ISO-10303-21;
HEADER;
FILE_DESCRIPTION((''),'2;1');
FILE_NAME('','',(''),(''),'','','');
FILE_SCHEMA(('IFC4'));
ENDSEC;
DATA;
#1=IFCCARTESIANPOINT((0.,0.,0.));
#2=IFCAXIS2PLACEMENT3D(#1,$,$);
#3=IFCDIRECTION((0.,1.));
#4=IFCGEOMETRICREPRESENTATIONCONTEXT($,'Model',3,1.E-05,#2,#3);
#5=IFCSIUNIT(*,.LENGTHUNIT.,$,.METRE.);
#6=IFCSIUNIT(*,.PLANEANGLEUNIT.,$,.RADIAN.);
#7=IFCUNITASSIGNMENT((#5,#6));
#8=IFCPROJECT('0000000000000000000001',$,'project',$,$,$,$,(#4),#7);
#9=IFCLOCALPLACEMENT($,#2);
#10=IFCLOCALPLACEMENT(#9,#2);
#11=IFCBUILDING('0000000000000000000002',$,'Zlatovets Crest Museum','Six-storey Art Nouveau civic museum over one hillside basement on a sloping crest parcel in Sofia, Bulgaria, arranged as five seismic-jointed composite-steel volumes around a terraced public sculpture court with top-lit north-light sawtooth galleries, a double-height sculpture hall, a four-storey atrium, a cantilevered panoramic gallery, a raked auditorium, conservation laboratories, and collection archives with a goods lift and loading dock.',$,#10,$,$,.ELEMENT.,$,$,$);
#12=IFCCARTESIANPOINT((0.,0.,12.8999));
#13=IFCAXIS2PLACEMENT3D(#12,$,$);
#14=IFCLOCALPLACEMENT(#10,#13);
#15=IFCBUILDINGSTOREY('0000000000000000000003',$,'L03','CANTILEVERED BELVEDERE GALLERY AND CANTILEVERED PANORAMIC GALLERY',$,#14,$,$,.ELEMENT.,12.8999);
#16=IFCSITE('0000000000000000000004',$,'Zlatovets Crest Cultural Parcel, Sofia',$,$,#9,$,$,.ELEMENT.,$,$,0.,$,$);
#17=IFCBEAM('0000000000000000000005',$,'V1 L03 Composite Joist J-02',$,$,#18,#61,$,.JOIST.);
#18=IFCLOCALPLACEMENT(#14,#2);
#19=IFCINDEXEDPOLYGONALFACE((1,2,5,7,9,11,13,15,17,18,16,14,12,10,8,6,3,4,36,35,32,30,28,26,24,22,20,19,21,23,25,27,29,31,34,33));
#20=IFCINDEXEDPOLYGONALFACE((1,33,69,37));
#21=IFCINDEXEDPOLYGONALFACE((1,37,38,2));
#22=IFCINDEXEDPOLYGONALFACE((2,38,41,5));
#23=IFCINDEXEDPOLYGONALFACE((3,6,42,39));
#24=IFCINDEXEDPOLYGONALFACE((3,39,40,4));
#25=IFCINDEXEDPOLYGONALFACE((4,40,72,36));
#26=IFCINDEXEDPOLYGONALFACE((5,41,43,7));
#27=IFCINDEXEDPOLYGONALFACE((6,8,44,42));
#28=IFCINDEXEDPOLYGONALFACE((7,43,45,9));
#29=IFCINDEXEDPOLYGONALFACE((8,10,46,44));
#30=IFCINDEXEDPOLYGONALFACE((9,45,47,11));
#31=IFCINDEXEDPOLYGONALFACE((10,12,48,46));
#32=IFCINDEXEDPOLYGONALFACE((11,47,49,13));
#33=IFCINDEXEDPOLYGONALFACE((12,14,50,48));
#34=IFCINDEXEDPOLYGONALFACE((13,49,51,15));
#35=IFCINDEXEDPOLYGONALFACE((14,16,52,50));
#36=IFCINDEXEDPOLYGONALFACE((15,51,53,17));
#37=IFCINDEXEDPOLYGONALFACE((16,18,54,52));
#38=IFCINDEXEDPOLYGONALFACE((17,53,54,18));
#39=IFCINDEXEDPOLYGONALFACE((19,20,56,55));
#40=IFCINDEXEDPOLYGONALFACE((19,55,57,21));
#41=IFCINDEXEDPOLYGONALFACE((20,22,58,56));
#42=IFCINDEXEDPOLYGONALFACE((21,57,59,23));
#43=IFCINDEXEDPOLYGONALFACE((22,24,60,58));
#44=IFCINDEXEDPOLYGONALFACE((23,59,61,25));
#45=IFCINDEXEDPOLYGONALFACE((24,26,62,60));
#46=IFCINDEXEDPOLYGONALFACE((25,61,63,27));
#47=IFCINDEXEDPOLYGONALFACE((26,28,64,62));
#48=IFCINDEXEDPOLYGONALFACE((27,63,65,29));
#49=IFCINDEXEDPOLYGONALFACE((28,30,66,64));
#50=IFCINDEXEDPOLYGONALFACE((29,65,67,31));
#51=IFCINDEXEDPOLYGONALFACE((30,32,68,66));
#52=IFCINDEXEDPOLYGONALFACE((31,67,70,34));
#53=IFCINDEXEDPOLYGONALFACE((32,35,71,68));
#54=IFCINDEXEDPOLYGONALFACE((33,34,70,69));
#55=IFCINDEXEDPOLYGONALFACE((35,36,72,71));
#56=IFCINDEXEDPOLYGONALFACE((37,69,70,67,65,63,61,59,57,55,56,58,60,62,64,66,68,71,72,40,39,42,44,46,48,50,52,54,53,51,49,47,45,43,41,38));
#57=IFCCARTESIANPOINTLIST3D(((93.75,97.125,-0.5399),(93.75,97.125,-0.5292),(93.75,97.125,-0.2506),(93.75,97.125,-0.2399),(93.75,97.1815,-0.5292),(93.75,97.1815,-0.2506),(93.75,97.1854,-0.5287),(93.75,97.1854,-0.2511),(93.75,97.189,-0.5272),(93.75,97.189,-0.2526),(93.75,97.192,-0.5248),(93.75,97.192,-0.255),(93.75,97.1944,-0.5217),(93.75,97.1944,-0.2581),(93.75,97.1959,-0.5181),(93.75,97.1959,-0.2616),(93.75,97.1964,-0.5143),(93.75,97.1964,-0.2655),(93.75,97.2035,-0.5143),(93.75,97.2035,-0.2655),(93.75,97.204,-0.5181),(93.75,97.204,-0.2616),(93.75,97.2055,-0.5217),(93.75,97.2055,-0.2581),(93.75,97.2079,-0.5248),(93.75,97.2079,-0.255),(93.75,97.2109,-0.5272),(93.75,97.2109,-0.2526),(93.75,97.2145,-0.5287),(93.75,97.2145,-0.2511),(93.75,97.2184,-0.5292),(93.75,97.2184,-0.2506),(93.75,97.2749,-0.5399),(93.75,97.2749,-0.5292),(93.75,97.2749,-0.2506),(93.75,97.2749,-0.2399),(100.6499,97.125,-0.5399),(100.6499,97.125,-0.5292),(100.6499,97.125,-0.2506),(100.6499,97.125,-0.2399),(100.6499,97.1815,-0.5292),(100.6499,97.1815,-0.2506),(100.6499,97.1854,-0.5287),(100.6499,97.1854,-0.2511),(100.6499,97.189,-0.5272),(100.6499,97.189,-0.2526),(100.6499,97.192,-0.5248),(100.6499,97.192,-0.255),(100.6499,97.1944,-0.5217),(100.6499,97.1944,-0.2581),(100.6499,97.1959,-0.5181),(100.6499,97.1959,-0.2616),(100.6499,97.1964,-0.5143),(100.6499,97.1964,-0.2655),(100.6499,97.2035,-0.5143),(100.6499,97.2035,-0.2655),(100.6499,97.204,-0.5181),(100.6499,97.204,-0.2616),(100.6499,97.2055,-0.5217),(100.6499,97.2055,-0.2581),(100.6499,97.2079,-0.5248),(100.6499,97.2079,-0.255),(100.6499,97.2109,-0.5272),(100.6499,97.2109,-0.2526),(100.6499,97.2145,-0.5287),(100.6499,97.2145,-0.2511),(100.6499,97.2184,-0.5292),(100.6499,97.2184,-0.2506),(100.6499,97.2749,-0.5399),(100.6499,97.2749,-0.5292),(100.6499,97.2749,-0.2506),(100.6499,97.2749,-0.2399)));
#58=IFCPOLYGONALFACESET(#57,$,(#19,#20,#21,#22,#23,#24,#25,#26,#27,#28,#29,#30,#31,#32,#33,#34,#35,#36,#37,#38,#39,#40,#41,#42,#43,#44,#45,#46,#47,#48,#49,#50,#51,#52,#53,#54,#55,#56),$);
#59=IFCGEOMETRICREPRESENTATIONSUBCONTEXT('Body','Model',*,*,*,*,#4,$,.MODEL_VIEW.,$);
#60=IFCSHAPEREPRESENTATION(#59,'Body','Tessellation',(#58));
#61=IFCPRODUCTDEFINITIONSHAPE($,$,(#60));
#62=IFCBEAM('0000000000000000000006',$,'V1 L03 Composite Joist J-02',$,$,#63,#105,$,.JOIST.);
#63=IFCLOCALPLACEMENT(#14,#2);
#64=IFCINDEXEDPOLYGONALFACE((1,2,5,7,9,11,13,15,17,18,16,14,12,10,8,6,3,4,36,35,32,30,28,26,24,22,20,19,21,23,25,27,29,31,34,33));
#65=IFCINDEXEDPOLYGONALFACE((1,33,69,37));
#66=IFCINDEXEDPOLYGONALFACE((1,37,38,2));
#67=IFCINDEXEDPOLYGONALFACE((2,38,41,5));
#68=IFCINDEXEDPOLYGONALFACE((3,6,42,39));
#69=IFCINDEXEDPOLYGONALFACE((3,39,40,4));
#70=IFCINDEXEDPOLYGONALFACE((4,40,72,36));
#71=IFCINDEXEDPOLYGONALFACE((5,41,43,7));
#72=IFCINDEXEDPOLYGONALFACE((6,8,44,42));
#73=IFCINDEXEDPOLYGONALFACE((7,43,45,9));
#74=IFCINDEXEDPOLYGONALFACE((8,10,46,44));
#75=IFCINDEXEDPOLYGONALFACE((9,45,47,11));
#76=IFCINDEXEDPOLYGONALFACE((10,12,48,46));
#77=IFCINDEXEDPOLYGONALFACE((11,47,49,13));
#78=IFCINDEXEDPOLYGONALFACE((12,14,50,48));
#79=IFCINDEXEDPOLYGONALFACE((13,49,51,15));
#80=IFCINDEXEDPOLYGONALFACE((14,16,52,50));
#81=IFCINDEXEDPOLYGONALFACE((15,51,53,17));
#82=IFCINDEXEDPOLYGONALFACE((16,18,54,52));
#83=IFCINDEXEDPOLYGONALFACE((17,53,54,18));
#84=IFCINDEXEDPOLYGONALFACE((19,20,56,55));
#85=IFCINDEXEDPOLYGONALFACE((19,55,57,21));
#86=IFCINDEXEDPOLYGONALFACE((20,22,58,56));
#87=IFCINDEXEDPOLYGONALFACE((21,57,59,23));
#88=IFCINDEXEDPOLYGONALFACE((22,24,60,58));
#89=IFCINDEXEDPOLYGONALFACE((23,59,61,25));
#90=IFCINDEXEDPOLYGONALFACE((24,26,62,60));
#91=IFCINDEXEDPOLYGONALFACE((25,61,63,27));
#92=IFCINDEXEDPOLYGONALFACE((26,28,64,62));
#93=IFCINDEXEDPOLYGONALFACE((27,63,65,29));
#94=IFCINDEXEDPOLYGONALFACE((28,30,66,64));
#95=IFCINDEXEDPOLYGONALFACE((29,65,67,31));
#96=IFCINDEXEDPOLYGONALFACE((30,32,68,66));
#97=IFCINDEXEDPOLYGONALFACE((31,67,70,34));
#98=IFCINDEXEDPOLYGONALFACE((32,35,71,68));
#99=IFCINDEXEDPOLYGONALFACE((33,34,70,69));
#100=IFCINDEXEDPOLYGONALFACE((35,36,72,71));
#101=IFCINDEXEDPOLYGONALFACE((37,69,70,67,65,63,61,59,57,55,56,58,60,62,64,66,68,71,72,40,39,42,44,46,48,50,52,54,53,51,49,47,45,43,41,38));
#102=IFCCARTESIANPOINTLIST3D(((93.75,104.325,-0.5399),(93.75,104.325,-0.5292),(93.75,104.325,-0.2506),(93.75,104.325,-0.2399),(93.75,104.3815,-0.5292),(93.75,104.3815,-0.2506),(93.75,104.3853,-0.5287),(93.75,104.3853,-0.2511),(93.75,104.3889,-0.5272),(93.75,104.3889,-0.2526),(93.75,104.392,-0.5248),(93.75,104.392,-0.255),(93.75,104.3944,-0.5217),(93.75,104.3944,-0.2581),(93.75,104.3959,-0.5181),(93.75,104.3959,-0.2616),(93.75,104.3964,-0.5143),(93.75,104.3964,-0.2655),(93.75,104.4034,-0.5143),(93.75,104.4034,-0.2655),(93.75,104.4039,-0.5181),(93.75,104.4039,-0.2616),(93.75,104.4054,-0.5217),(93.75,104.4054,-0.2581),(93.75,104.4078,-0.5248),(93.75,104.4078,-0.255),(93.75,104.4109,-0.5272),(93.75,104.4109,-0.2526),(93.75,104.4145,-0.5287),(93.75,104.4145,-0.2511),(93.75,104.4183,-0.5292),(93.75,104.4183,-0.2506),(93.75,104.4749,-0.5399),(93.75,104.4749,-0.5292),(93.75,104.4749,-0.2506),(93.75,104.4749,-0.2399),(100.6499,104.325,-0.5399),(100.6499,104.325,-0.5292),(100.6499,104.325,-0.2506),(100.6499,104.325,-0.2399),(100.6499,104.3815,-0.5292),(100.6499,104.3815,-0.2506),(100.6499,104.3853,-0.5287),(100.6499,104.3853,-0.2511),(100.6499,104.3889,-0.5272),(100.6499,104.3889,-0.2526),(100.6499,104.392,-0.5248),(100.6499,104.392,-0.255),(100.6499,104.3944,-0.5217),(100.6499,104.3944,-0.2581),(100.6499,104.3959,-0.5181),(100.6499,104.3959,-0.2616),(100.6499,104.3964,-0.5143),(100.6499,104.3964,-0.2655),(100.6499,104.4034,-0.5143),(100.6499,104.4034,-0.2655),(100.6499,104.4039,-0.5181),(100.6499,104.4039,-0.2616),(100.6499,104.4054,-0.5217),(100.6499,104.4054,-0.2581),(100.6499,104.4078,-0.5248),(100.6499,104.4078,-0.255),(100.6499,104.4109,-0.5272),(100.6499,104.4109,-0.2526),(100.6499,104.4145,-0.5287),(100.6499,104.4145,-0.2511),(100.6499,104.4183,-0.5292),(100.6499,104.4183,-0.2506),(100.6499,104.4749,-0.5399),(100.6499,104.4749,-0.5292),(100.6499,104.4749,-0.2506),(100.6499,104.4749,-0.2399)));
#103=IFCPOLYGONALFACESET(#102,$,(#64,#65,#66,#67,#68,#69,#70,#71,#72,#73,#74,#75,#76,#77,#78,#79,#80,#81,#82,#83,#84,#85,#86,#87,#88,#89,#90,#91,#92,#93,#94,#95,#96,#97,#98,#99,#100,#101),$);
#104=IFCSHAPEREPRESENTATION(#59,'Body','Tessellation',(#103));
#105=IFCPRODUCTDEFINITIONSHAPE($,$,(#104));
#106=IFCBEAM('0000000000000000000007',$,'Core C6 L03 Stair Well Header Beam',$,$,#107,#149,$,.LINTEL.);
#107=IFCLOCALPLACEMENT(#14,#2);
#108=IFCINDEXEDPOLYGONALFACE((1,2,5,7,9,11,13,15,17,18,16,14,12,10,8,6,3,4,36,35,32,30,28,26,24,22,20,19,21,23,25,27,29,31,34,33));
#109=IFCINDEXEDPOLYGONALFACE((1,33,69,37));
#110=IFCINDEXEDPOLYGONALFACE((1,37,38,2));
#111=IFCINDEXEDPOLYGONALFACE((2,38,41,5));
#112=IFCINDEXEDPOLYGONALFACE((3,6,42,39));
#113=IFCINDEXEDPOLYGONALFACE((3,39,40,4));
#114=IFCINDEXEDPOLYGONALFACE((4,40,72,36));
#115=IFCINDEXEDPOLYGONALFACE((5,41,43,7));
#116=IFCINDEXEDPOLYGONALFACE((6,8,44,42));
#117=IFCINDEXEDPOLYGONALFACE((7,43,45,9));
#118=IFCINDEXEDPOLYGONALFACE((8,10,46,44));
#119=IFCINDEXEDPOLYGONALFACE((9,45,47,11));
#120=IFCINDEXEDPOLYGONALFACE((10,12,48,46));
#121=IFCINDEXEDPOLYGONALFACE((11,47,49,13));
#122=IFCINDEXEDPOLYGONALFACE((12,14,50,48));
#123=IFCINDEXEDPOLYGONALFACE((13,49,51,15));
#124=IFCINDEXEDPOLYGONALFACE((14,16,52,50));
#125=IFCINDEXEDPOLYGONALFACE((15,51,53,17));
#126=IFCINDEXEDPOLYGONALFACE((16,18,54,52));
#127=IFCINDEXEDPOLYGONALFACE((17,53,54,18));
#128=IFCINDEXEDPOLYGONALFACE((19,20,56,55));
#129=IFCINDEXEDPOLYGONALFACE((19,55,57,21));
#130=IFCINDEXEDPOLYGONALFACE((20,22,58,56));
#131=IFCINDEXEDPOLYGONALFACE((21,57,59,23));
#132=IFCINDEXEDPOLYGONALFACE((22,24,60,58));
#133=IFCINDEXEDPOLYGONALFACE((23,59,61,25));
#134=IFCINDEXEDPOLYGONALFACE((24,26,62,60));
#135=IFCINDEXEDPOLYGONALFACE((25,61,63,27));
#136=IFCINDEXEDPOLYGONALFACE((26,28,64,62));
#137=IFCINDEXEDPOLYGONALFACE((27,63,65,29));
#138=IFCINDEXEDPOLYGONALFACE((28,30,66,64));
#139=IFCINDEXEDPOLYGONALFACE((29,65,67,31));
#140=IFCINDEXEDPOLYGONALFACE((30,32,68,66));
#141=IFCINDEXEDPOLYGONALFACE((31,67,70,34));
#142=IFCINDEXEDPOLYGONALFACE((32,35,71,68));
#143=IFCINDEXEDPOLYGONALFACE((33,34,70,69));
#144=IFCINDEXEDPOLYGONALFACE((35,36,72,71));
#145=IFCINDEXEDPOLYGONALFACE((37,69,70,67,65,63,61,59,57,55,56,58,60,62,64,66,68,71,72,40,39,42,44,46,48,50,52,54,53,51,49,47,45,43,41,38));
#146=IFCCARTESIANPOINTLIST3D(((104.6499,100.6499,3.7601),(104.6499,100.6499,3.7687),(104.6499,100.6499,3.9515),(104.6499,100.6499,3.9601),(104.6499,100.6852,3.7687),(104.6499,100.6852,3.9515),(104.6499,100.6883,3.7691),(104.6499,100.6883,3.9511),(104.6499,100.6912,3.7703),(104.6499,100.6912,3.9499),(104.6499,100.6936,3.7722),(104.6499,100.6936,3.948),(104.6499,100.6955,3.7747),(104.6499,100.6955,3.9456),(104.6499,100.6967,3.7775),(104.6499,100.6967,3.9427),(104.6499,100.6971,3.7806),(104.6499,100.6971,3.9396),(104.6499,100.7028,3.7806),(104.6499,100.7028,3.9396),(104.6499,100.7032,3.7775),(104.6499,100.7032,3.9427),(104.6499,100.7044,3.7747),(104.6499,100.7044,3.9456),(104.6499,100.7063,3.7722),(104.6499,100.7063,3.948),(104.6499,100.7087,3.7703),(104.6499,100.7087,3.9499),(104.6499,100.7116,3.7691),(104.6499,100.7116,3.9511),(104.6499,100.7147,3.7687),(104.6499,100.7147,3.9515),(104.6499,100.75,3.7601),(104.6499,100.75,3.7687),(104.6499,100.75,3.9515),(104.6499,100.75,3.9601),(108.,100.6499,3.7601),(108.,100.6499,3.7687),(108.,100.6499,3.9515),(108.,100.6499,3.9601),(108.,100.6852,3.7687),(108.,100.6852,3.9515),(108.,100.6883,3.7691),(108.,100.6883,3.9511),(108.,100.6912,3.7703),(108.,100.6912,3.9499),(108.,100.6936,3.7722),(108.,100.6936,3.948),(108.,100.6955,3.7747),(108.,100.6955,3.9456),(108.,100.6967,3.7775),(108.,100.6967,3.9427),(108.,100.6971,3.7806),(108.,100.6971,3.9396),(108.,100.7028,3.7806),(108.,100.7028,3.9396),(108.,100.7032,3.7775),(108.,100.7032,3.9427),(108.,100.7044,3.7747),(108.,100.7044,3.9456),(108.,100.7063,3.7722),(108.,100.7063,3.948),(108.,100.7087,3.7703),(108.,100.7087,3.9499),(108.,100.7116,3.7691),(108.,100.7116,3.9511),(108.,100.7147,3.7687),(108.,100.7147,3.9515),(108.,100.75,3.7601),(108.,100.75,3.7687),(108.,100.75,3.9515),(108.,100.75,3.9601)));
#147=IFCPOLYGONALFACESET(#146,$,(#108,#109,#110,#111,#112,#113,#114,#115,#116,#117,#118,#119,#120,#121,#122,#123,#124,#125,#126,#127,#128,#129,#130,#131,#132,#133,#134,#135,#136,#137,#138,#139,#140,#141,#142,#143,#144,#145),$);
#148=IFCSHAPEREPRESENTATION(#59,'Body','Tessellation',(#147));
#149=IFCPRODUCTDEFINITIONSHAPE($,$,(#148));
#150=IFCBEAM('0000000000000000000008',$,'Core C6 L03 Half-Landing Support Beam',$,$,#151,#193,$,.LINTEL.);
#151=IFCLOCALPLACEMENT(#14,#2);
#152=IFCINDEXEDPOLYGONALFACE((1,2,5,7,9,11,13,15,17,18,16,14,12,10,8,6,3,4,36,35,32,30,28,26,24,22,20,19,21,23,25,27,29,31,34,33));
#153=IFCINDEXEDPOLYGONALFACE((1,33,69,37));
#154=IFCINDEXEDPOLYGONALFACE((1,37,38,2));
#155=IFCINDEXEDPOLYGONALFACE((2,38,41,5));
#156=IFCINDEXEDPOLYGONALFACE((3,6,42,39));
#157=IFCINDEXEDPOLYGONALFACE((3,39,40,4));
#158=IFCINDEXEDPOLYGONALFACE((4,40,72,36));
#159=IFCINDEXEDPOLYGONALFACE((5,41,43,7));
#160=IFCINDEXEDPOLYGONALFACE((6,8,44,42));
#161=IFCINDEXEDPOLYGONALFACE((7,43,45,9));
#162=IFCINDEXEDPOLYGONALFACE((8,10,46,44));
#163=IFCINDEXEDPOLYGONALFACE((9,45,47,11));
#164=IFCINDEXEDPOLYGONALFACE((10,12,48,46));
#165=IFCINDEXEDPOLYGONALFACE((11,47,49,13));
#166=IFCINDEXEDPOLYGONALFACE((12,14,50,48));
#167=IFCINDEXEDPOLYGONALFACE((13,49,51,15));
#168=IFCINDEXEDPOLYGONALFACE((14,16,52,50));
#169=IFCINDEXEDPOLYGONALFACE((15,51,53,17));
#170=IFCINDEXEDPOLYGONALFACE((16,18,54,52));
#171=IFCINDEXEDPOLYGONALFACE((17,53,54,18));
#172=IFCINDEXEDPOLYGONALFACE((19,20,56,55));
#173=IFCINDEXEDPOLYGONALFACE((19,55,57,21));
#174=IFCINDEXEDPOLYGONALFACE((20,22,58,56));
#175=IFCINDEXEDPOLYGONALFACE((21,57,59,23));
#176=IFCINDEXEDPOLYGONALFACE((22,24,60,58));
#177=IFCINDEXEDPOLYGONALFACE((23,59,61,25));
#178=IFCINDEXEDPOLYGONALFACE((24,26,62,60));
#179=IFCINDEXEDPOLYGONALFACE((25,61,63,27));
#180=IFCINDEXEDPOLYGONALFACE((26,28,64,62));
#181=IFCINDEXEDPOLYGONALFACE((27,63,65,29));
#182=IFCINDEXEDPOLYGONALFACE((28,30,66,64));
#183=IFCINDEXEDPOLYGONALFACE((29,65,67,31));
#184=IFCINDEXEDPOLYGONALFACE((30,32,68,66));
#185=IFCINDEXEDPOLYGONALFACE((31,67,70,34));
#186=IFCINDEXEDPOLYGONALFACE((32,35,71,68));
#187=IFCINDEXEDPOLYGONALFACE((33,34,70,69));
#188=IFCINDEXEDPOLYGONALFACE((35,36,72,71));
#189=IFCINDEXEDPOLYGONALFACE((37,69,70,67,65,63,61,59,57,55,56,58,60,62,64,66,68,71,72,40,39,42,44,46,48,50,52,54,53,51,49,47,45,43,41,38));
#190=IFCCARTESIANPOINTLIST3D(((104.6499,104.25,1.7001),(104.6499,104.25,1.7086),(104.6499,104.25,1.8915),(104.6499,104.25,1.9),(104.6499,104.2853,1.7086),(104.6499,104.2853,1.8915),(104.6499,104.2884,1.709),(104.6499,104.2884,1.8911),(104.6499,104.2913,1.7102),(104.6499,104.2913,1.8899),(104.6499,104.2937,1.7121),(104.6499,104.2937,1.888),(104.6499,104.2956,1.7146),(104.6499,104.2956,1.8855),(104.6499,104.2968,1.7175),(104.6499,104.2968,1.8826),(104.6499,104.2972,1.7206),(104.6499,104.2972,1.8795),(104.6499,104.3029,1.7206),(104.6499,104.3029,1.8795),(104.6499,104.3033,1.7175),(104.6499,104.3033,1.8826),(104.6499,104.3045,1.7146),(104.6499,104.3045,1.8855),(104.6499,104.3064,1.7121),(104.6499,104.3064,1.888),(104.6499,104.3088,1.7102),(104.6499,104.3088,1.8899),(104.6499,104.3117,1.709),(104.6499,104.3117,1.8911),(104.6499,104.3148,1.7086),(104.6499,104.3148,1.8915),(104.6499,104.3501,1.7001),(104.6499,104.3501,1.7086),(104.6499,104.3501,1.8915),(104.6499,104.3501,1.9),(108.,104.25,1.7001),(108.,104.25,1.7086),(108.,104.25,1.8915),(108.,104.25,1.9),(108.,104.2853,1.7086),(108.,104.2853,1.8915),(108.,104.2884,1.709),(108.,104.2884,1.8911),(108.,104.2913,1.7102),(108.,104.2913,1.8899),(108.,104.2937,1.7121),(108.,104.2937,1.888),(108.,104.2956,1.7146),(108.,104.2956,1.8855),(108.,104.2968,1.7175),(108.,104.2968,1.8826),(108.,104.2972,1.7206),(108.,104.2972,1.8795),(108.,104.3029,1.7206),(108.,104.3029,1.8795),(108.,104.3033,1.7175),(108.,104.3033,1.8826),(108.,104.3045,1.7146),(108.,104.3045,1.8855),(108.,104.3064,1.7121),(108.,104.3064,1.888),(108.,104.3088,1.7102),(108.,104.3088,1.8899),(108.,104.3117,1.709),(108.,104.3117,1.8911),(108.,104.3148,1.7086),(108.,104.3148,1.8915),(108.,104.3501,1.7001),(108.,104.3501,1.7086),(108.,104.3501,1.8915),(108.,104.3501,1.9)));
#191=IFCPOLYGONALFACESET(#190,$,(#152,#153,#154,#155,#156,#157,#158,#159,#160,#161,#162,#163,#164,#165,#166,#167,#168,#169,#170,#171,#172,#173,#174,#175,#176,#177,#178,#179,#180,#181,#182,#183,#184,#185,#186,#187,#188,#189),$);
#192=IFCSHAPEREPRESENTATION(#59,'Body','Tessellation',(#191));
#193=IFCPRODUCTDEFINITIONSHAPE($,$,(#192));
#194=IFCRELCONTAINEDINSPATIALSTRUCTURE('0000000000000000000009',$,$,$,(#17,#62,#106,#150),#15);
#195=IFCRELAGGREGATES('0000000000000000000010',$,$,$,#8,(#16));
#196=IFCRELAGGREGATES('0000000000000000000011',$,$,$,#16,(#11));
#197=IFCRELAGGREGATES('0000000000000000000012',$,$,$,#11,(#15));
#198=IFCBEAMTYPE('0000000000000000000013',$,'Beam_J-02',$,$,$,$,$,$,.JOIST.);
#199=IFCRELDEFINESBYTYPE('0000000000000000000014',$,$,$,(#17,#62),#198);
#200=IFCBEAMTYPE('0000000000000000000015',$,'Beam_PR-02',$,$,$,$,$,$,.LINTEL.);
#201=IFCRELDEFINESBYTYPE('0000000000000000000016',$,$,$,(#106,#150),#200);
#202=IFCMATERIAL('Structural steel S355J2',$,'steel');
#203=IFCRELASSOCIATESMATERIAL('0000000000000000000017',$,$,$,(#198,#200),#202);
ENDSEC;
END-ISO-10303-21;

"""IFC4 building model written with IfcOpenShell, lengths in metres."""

from ifc_helpers import new_model, si_unit, direction, frame, origin, origin_2d, place, context, subcontext, project, spatial, i_section, extrude, material, material_profile, profile_set, type_object, element, save


model = new_model("IFC4")

# Units and contexts
model_context = context("Model", 3, precision=1e-05, world=origin(), true_north=direction((0.0, 1.0)))
body_context = subcontext(model_context, "Body", "Model", "MODEL_VIEW")
ifc_project = project(units=[si_unit("LENGTHUNIT", "METRE"), si_unit("PLANEANGLEUNIT", "RADIAN")], contexts=[model_context])

# Site, building, storey
site_placement = place(None, origin())
site = spatial("IfcSite", under=ifc_project, at=site_placement, Name="Zlatovets Crest Cultural Parcel, Sofia", CompositionType="ELEMENT", RefElevation=0.0)
building_placement = place(site_placement, origin())
building = spatial("IfcBuilding", under=site, at=building_placement, Name="Zlatovets Crest Museum", Description="Six-storey Art Nouveau civic museum over one hillside basement on a sloping crest parcel in Sofia, Bulgaria, arranged as five seismic-jointed composite-steel volumes around a terraced public sculpture court with top-lit north-light sawtooth galleries, a double-height sculpture hall, a four-storey atrium, a cantilevered panoramic gallery, a raked auditorium, conservation laboratories, and collection archives with a goods lift and loading dock.", CompositionType="ELEMENT")
storey_placement = place(building_placement, frame((0.0, 0.0, 12.8999)))
storey = spatial("IfcBuildingStorey", under=building, at=storey_placement, Name="L03", Description="CANTILEVERED BELVEDERE GALLERY AND CANTILEVERED PANORAMIC GALLERY", CompositionType="ELEMENT", Elevation=12.8999)

# Shared definitions
ifc_material_1 = material(Name="Structural steel S355J2", Category="steel")

# Beams
ifc_material_profile_1 = material_profile(ifc_material_1, i_section(OverallWidth=0.1499, OverallDepth=0.3, WebThickness=0.0071, FlangeThickness=0.0107, FilletRadius=0.0149, at=origin_2d()), Name="IPE 300")
ifc_profile_set_1 = profile_set([ifc_material_profile_1], Name="Structural steel S355J2")
beam_type_1 = type_object("IfcBeamType", Name="Beam_J-02", PredefinedType="JOIST", material=ifc_profile_set_1)
for number, where, z_axis, x_axis, name in (
    (1, (93.75, 97.2, -0.3899), (1.0, 0.0, 0.0), (0.0, 1.0, 0.0), "V1 L03 Composite Joist J-02"),
    (2, (93.75, 104.3999, -0.3899), (1.0, 0.0, 0.0), (0.0, 1.0, 0.0), "V1 L03 Composite Joist J-02"),
):
    element("IfcBeam", number, at=place(storey_placement, frame(where, z_axis=z_axis, x_axis=x_axis)), inside=storey, type_object=beam_type_1, Name=name, PredefinedType="JOIST", context=body_context, shape_type="SweptSolid", body=[
        extrude(i_section(OverallWidth=0.1499, OverallDepth=0.3, WebThickness=0.0071, FlangeThickness=0.0107, FilletRadius=0.0149, at=origin_2d()), origin(), (0.0, 0.0, 1.0), 6.8999),
    ])
ifc_material_profile_2 = material_profile(ifc_material_1, i_section(OverallWidth=0.1001, OverallDepth=0.2, WebThickness=0.0056, FlangeThickness=0.0085, FilletRadius=0.012, at=origin_2d()), Name="IPE 200")
ifc_profile_set_2 = profile_set([ifc_material_profile_2], Name="Structural steel S355J2")
beam_type_2 = type_object("IfcBeamType", Name="Beam_PR-02", PredefinedType="LINTEL", material=ifc_profile_set_2)
for number, where, z_axis, x_axis, name in (
    (3, (104.6499, 100.7, 3.8601), (1.0, 0.0, 0.0), (0.0, 1.0, 0.0), "Core C6 L03 Stair Well Header Beam"),
    (4, (104.6499, 104.3, 1.8), (1.0, 0.0, 0.0), (0.0, 1.0, 0.0), "Core C6 L03 Half-Landing Support Beam"),
):
    element("IfcBeam", number, at=place(storey_placement, frame(where, z_axis=z_axis, x_axis=x_axis)), inside=storey, type_object=beam_type_2, Name=name, PredefinedType="LINTEL", context=body_context, shape_type="SweptSolid", body=[
        extrude(i_section(OverallWidth=0.1001, OverallDepth=0.2, WebThickness=0.0056, FlangeThickness=0.0085, FilletRadius=0.012, at=origin_2d()), origin(), (0.0, 0.0, 1.0), 3.3501),
    ])

save(model, "model.ifc")
